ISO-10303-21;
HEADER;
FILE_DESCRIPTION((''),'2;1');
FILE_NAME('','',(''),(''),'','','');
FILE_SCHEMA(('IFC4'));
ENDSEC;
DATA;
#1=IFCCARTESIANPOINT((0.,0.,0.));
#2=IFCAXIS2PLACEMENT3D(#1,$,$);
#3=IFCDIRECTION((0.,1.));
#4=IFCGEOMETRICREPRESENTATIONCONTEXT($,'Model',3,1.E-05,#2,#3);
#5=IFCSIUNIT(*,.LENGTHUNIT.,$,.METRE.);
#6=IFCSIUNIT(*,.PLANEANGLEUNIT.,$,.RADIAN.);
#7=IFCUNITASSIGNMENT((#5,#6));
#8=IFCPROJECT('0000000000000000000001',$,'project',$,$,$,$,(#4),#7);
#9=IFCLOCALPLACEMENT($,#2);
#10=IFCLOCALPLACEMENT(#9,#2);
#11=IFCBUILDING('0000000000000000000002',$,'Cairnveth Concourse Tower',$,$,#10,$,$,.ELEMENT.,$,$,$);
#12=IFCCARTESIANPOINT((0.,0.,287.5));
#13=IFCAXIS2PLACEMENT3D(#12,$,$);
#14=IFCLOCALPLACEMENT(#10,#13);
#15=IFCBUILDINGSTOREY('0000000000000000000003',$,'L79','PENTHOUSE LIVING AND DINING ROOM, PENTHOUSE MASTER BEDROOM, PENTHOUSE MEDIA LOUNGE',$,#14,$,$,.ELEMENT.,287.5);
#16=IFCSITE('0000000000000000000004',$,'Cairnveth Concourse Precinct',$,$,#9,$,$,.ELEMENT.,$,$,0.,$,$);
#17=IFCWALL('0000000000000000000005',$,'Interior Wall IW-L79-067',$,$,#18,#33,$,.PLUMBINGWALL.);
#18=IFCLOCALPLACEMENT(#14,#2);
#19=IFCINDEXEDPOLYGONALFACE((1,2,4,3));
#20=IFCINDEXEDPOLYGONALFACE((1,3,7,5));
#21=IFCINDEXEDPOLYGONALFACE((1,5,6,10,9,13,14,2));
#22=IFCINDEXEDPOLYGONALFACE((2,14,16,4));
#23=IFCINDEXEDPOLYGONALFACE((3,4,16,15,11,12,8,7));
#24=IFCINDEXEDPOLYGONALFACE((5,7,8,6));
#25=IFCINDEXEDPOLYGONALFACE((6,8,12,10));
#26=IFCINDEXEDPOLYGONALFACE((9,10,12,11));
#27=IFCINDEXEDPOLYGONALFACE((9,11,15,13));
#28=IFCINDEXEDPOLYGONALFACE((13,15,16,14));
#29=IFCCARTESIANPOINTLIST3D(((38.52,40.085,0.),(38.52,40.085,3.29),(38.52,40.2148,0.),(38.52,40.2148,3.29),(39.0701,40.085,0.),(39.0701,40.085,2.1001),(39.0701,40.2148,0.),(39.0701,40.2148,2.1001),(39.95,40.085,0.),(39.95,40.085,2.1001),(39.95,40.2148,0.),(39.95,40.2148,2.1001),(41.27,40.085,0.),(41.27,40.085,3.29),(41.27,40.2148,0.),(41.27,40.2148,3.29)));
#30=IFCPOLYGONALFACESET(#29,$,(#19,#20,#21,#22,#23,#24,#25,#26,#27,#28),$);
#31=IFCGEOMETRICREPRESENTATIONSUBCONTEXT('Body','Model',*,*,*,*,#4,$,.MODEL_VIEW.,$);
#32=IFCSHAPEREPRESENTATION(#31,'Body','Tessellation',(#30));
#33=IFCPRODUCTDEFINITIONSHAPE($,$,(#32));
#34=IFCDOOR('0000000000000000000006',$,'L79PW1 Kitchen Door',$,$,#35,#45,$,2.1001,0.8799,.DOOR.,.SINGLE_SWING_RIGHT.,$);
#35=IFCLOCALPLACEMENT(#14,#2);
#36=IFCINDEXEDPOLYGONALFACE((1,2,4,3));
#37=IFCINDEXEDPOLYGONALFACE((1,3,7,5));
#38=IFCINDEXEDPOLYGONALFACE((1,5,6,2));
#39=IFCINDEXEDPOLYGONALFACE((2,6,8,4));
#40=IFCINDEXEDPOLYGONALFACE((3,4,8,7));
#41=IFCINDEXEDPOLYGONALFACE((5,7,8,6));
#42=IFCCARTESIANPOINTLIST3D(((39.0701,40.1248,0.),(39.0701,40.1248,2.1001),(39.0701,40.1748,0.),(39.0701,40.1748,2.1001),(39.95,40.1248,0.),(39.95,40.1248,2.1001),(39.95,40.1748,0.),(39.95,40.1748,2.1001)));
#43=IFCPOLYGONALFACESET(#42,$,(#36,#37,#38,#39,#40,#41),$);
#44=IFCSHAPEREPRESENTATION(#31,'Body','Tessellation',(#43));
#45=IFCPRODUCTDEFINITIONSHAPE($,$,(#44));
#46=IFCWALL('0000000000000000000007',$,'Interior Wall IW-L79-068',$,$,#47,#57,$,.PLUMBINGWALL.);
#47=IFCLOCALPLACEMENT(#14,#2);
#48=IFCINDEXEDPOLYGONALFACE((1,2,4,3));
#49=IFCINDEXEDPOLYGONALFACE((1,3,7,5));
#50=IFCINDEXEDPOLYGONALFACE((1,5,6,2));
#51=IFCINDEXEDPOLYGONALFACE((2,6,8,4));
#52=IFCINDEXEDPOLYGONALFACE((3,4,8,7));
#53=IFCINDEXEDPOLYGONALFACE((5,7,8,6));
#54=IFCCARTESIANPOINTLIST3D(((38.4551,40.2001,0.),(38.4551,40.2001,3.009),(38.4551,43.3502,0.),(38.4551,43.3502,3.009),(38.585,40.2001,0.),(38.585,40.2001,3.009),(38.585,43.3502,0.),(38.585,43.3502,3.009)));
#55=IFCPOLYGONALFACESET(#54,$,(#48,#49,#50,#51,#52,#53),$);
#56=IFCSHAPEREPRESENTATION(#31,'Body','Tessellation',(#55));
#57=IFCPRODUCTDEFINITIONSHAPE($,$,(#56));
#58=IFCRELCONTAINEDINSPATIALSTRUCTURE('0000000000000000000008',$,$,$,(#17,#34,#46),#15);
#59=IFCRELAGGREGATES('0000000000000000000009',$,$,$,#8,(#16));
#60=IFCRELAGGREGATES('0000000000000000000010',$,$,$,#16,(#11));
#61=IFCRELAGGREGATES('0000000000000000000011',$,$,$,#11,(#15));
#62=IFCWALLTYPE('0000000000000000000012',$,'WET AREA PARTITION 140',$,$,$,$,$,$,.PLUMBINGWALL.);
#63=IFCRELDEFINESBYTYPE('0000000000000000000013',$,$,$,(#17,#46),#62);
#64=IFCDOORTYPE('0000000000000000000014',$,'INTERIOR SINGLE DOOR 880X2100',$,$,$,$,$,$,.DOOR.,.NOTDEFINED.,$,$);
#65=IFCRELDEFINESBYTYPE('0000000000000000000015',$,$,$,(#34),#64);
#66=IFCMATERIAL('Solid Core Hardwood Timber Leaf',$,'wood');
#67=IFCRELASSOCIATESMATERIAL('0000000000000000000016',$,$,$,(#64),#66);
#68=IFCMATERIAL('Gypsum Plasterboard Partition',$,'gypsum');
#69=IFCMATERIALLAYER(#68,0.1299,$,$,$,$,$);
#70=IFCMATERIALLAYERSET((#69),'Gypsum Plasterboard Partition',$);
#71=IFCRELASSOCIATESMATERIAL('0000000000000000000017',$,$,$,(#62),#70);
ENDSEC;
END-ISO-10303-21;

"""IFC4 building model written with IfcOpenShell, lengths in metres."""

from ifc_helpers import new_model, si_unit, direction, frame, frame_2d, origin, place, context, subcontext, project, spatial, rectangle, extrude, material, layer, layer_set, type_object, element, fill, save


model = new_model("IFC4")

# Units and contexts
model_context = context("Model", 3, precision=1e-05, world=origin(), true_north=direction((0.0, 1.0)))
body_context = subcontext(model_context, "Body", "Model", "MODEL_VIEW")
ifc_project = project(units=[si_unit("LENGTHUNIT", "METRE"), si_unit("PLANEANGLEUNIT", "RADIAN")], contexts=[model_context])

# Site, building, storey
site_placement = place(None, origin())
site = spatial("IfcSite", under=ifc_project, at=site_placement, Name="Cairnveth Concourse Precinct", CompositionType="ELEMENT", RefElevation=0.0)
building_placement = place(site_placement, origin())
building = spatial("IfcBuilding", under=site, at=building_placement, Name="Cairnveth Concourse Tower", CompositionType="ELEMENT")
storey_placement = place(building_placement, frame((0.0, 0.0, 287.5)))
storey = spatial("IfcBuildingStorey", under=building, at=storey_placement, Name="L79", Description="PENTHOUSE LIVING AND DINING ROOM, PENTHOUSE MASTER BEDROOM, PENTHOUSE MEDIA LOUNGE", CompositionType="ELEMENT", Elevation=287.5)

# Shared definitions
ifc_material_1 = material(Name="Gypsum Plasterboard Partition", Category="gypsum")
ifc_material_2 = material(Name="Solid Core Hardwood Timber Leaf", Category="wood")
door_type_1 = type_object("IfcDoorType", Name="INTERIOR SINGLE DOOR 880X2100", OperationType="NOTDEFINED", PredefinedType="DOOR", material=ifc_material_2)
ifc_layer_1 = layer(ifc_material_1, 0.1299)
ifc_layer_set_1 = layer_set([ifc_layer_1], Name="Gypsum Plasterboard Partition")
wall_type_1 = type_object("IfcWallType", Name="WET AREA PARTITION 140", PredefinedType="PLUMBINGWALL", material=ifc_layer_set_1)

# Wall, opening, door
wall_1_placement = place(storey_placement, frame((38.52, 40.1499, 0.0), z_axis=(0.0, 0.0, 1.0), x_axis=(1.0, 0.0, 0.0)))
wall_1 = element("IfcWall", 1, at=wall_1_placement, inside=storey, type_object=wall_type_1, Name="Interior Wall IW-L79-067", PredefinedType="PLUMBINGWALL", context=body_context, shape_type="SweptSolid", body=[
    extrude(rectangle(XDim=2.75, YDim=0.1299, at=frame_2d((1.375, 0.0))), origin(), (0.0, 0.0, 1.0), 3.29),
])
opening_1_placement = place(wall_1_placement, frame((0.55, 0.0, 0.0)))
opening_1 = element("IfcOpeningElement", 2, at=opening_1_placement, cuts=wall_1, PredefinedType="OPENING", context=body_context, shape_type="SweptSolid", body=[
    extrude(rectangle(XDim=0.8799, YDim=2.1001, at=frame_2d((0.4399, 1.05))), frame((0.0, 0.075, 0.0), z_axis=(0.0, -1.0, 0.0), x_axis=(1.0, 0.0, 0.0)), (0.0, 0.0, 1.0), 0.1499),
])
door_1_placement = place(opening_1_placement, origin())
door_1 = element("IfcDoor", 3, at=door_1_placement, inside=storey, type_object=door_type_1, Name="L79PW1 Kitchen Door", OperationType="SINGLE_SWING_RIGHT", OverallHeight=2.1001, OverallWidth=0.8799, PredefinedType="DOOR", context=body_context, shape_type="SweptSolid", body=[
    extrude(rectangle(XDim=0.8799, YDim=2.1001, at=frame_2d((0.4399, 1.05))), frame((0.0, 0.0249, 0.0), z_axis=(0.0, -1.0, 0.0), x_axis=(1.0, 0.0, 0.0)), (0.0, 0.0, 1.0), 0.05),
])
fill(opening_1, door_1)

# Wall
wall_2_placement = place(storey_placement, frame((38.52, 40.2, 0.0), z_axis=(0.0, 0.0, 1.0), x_axis=(0.0, 1.0, 0.0)))
element("IfcWall", 4, at=wall_2_placement, inside=storey, type_object=wall_type_1, Name="Interior Wall IW-L79-068", PredefinedType="PLUMBINGWALL", context=body_context, shape_type="SweptSolid", body=[
    extrude(rectangle(XDim=3.1501, YDim=0.1299, at=frame_2d((1.5752, 0.0))), origin(), (0.0, 0.0, 1.0), 3.009),
])

save(model, "model.ifc")
